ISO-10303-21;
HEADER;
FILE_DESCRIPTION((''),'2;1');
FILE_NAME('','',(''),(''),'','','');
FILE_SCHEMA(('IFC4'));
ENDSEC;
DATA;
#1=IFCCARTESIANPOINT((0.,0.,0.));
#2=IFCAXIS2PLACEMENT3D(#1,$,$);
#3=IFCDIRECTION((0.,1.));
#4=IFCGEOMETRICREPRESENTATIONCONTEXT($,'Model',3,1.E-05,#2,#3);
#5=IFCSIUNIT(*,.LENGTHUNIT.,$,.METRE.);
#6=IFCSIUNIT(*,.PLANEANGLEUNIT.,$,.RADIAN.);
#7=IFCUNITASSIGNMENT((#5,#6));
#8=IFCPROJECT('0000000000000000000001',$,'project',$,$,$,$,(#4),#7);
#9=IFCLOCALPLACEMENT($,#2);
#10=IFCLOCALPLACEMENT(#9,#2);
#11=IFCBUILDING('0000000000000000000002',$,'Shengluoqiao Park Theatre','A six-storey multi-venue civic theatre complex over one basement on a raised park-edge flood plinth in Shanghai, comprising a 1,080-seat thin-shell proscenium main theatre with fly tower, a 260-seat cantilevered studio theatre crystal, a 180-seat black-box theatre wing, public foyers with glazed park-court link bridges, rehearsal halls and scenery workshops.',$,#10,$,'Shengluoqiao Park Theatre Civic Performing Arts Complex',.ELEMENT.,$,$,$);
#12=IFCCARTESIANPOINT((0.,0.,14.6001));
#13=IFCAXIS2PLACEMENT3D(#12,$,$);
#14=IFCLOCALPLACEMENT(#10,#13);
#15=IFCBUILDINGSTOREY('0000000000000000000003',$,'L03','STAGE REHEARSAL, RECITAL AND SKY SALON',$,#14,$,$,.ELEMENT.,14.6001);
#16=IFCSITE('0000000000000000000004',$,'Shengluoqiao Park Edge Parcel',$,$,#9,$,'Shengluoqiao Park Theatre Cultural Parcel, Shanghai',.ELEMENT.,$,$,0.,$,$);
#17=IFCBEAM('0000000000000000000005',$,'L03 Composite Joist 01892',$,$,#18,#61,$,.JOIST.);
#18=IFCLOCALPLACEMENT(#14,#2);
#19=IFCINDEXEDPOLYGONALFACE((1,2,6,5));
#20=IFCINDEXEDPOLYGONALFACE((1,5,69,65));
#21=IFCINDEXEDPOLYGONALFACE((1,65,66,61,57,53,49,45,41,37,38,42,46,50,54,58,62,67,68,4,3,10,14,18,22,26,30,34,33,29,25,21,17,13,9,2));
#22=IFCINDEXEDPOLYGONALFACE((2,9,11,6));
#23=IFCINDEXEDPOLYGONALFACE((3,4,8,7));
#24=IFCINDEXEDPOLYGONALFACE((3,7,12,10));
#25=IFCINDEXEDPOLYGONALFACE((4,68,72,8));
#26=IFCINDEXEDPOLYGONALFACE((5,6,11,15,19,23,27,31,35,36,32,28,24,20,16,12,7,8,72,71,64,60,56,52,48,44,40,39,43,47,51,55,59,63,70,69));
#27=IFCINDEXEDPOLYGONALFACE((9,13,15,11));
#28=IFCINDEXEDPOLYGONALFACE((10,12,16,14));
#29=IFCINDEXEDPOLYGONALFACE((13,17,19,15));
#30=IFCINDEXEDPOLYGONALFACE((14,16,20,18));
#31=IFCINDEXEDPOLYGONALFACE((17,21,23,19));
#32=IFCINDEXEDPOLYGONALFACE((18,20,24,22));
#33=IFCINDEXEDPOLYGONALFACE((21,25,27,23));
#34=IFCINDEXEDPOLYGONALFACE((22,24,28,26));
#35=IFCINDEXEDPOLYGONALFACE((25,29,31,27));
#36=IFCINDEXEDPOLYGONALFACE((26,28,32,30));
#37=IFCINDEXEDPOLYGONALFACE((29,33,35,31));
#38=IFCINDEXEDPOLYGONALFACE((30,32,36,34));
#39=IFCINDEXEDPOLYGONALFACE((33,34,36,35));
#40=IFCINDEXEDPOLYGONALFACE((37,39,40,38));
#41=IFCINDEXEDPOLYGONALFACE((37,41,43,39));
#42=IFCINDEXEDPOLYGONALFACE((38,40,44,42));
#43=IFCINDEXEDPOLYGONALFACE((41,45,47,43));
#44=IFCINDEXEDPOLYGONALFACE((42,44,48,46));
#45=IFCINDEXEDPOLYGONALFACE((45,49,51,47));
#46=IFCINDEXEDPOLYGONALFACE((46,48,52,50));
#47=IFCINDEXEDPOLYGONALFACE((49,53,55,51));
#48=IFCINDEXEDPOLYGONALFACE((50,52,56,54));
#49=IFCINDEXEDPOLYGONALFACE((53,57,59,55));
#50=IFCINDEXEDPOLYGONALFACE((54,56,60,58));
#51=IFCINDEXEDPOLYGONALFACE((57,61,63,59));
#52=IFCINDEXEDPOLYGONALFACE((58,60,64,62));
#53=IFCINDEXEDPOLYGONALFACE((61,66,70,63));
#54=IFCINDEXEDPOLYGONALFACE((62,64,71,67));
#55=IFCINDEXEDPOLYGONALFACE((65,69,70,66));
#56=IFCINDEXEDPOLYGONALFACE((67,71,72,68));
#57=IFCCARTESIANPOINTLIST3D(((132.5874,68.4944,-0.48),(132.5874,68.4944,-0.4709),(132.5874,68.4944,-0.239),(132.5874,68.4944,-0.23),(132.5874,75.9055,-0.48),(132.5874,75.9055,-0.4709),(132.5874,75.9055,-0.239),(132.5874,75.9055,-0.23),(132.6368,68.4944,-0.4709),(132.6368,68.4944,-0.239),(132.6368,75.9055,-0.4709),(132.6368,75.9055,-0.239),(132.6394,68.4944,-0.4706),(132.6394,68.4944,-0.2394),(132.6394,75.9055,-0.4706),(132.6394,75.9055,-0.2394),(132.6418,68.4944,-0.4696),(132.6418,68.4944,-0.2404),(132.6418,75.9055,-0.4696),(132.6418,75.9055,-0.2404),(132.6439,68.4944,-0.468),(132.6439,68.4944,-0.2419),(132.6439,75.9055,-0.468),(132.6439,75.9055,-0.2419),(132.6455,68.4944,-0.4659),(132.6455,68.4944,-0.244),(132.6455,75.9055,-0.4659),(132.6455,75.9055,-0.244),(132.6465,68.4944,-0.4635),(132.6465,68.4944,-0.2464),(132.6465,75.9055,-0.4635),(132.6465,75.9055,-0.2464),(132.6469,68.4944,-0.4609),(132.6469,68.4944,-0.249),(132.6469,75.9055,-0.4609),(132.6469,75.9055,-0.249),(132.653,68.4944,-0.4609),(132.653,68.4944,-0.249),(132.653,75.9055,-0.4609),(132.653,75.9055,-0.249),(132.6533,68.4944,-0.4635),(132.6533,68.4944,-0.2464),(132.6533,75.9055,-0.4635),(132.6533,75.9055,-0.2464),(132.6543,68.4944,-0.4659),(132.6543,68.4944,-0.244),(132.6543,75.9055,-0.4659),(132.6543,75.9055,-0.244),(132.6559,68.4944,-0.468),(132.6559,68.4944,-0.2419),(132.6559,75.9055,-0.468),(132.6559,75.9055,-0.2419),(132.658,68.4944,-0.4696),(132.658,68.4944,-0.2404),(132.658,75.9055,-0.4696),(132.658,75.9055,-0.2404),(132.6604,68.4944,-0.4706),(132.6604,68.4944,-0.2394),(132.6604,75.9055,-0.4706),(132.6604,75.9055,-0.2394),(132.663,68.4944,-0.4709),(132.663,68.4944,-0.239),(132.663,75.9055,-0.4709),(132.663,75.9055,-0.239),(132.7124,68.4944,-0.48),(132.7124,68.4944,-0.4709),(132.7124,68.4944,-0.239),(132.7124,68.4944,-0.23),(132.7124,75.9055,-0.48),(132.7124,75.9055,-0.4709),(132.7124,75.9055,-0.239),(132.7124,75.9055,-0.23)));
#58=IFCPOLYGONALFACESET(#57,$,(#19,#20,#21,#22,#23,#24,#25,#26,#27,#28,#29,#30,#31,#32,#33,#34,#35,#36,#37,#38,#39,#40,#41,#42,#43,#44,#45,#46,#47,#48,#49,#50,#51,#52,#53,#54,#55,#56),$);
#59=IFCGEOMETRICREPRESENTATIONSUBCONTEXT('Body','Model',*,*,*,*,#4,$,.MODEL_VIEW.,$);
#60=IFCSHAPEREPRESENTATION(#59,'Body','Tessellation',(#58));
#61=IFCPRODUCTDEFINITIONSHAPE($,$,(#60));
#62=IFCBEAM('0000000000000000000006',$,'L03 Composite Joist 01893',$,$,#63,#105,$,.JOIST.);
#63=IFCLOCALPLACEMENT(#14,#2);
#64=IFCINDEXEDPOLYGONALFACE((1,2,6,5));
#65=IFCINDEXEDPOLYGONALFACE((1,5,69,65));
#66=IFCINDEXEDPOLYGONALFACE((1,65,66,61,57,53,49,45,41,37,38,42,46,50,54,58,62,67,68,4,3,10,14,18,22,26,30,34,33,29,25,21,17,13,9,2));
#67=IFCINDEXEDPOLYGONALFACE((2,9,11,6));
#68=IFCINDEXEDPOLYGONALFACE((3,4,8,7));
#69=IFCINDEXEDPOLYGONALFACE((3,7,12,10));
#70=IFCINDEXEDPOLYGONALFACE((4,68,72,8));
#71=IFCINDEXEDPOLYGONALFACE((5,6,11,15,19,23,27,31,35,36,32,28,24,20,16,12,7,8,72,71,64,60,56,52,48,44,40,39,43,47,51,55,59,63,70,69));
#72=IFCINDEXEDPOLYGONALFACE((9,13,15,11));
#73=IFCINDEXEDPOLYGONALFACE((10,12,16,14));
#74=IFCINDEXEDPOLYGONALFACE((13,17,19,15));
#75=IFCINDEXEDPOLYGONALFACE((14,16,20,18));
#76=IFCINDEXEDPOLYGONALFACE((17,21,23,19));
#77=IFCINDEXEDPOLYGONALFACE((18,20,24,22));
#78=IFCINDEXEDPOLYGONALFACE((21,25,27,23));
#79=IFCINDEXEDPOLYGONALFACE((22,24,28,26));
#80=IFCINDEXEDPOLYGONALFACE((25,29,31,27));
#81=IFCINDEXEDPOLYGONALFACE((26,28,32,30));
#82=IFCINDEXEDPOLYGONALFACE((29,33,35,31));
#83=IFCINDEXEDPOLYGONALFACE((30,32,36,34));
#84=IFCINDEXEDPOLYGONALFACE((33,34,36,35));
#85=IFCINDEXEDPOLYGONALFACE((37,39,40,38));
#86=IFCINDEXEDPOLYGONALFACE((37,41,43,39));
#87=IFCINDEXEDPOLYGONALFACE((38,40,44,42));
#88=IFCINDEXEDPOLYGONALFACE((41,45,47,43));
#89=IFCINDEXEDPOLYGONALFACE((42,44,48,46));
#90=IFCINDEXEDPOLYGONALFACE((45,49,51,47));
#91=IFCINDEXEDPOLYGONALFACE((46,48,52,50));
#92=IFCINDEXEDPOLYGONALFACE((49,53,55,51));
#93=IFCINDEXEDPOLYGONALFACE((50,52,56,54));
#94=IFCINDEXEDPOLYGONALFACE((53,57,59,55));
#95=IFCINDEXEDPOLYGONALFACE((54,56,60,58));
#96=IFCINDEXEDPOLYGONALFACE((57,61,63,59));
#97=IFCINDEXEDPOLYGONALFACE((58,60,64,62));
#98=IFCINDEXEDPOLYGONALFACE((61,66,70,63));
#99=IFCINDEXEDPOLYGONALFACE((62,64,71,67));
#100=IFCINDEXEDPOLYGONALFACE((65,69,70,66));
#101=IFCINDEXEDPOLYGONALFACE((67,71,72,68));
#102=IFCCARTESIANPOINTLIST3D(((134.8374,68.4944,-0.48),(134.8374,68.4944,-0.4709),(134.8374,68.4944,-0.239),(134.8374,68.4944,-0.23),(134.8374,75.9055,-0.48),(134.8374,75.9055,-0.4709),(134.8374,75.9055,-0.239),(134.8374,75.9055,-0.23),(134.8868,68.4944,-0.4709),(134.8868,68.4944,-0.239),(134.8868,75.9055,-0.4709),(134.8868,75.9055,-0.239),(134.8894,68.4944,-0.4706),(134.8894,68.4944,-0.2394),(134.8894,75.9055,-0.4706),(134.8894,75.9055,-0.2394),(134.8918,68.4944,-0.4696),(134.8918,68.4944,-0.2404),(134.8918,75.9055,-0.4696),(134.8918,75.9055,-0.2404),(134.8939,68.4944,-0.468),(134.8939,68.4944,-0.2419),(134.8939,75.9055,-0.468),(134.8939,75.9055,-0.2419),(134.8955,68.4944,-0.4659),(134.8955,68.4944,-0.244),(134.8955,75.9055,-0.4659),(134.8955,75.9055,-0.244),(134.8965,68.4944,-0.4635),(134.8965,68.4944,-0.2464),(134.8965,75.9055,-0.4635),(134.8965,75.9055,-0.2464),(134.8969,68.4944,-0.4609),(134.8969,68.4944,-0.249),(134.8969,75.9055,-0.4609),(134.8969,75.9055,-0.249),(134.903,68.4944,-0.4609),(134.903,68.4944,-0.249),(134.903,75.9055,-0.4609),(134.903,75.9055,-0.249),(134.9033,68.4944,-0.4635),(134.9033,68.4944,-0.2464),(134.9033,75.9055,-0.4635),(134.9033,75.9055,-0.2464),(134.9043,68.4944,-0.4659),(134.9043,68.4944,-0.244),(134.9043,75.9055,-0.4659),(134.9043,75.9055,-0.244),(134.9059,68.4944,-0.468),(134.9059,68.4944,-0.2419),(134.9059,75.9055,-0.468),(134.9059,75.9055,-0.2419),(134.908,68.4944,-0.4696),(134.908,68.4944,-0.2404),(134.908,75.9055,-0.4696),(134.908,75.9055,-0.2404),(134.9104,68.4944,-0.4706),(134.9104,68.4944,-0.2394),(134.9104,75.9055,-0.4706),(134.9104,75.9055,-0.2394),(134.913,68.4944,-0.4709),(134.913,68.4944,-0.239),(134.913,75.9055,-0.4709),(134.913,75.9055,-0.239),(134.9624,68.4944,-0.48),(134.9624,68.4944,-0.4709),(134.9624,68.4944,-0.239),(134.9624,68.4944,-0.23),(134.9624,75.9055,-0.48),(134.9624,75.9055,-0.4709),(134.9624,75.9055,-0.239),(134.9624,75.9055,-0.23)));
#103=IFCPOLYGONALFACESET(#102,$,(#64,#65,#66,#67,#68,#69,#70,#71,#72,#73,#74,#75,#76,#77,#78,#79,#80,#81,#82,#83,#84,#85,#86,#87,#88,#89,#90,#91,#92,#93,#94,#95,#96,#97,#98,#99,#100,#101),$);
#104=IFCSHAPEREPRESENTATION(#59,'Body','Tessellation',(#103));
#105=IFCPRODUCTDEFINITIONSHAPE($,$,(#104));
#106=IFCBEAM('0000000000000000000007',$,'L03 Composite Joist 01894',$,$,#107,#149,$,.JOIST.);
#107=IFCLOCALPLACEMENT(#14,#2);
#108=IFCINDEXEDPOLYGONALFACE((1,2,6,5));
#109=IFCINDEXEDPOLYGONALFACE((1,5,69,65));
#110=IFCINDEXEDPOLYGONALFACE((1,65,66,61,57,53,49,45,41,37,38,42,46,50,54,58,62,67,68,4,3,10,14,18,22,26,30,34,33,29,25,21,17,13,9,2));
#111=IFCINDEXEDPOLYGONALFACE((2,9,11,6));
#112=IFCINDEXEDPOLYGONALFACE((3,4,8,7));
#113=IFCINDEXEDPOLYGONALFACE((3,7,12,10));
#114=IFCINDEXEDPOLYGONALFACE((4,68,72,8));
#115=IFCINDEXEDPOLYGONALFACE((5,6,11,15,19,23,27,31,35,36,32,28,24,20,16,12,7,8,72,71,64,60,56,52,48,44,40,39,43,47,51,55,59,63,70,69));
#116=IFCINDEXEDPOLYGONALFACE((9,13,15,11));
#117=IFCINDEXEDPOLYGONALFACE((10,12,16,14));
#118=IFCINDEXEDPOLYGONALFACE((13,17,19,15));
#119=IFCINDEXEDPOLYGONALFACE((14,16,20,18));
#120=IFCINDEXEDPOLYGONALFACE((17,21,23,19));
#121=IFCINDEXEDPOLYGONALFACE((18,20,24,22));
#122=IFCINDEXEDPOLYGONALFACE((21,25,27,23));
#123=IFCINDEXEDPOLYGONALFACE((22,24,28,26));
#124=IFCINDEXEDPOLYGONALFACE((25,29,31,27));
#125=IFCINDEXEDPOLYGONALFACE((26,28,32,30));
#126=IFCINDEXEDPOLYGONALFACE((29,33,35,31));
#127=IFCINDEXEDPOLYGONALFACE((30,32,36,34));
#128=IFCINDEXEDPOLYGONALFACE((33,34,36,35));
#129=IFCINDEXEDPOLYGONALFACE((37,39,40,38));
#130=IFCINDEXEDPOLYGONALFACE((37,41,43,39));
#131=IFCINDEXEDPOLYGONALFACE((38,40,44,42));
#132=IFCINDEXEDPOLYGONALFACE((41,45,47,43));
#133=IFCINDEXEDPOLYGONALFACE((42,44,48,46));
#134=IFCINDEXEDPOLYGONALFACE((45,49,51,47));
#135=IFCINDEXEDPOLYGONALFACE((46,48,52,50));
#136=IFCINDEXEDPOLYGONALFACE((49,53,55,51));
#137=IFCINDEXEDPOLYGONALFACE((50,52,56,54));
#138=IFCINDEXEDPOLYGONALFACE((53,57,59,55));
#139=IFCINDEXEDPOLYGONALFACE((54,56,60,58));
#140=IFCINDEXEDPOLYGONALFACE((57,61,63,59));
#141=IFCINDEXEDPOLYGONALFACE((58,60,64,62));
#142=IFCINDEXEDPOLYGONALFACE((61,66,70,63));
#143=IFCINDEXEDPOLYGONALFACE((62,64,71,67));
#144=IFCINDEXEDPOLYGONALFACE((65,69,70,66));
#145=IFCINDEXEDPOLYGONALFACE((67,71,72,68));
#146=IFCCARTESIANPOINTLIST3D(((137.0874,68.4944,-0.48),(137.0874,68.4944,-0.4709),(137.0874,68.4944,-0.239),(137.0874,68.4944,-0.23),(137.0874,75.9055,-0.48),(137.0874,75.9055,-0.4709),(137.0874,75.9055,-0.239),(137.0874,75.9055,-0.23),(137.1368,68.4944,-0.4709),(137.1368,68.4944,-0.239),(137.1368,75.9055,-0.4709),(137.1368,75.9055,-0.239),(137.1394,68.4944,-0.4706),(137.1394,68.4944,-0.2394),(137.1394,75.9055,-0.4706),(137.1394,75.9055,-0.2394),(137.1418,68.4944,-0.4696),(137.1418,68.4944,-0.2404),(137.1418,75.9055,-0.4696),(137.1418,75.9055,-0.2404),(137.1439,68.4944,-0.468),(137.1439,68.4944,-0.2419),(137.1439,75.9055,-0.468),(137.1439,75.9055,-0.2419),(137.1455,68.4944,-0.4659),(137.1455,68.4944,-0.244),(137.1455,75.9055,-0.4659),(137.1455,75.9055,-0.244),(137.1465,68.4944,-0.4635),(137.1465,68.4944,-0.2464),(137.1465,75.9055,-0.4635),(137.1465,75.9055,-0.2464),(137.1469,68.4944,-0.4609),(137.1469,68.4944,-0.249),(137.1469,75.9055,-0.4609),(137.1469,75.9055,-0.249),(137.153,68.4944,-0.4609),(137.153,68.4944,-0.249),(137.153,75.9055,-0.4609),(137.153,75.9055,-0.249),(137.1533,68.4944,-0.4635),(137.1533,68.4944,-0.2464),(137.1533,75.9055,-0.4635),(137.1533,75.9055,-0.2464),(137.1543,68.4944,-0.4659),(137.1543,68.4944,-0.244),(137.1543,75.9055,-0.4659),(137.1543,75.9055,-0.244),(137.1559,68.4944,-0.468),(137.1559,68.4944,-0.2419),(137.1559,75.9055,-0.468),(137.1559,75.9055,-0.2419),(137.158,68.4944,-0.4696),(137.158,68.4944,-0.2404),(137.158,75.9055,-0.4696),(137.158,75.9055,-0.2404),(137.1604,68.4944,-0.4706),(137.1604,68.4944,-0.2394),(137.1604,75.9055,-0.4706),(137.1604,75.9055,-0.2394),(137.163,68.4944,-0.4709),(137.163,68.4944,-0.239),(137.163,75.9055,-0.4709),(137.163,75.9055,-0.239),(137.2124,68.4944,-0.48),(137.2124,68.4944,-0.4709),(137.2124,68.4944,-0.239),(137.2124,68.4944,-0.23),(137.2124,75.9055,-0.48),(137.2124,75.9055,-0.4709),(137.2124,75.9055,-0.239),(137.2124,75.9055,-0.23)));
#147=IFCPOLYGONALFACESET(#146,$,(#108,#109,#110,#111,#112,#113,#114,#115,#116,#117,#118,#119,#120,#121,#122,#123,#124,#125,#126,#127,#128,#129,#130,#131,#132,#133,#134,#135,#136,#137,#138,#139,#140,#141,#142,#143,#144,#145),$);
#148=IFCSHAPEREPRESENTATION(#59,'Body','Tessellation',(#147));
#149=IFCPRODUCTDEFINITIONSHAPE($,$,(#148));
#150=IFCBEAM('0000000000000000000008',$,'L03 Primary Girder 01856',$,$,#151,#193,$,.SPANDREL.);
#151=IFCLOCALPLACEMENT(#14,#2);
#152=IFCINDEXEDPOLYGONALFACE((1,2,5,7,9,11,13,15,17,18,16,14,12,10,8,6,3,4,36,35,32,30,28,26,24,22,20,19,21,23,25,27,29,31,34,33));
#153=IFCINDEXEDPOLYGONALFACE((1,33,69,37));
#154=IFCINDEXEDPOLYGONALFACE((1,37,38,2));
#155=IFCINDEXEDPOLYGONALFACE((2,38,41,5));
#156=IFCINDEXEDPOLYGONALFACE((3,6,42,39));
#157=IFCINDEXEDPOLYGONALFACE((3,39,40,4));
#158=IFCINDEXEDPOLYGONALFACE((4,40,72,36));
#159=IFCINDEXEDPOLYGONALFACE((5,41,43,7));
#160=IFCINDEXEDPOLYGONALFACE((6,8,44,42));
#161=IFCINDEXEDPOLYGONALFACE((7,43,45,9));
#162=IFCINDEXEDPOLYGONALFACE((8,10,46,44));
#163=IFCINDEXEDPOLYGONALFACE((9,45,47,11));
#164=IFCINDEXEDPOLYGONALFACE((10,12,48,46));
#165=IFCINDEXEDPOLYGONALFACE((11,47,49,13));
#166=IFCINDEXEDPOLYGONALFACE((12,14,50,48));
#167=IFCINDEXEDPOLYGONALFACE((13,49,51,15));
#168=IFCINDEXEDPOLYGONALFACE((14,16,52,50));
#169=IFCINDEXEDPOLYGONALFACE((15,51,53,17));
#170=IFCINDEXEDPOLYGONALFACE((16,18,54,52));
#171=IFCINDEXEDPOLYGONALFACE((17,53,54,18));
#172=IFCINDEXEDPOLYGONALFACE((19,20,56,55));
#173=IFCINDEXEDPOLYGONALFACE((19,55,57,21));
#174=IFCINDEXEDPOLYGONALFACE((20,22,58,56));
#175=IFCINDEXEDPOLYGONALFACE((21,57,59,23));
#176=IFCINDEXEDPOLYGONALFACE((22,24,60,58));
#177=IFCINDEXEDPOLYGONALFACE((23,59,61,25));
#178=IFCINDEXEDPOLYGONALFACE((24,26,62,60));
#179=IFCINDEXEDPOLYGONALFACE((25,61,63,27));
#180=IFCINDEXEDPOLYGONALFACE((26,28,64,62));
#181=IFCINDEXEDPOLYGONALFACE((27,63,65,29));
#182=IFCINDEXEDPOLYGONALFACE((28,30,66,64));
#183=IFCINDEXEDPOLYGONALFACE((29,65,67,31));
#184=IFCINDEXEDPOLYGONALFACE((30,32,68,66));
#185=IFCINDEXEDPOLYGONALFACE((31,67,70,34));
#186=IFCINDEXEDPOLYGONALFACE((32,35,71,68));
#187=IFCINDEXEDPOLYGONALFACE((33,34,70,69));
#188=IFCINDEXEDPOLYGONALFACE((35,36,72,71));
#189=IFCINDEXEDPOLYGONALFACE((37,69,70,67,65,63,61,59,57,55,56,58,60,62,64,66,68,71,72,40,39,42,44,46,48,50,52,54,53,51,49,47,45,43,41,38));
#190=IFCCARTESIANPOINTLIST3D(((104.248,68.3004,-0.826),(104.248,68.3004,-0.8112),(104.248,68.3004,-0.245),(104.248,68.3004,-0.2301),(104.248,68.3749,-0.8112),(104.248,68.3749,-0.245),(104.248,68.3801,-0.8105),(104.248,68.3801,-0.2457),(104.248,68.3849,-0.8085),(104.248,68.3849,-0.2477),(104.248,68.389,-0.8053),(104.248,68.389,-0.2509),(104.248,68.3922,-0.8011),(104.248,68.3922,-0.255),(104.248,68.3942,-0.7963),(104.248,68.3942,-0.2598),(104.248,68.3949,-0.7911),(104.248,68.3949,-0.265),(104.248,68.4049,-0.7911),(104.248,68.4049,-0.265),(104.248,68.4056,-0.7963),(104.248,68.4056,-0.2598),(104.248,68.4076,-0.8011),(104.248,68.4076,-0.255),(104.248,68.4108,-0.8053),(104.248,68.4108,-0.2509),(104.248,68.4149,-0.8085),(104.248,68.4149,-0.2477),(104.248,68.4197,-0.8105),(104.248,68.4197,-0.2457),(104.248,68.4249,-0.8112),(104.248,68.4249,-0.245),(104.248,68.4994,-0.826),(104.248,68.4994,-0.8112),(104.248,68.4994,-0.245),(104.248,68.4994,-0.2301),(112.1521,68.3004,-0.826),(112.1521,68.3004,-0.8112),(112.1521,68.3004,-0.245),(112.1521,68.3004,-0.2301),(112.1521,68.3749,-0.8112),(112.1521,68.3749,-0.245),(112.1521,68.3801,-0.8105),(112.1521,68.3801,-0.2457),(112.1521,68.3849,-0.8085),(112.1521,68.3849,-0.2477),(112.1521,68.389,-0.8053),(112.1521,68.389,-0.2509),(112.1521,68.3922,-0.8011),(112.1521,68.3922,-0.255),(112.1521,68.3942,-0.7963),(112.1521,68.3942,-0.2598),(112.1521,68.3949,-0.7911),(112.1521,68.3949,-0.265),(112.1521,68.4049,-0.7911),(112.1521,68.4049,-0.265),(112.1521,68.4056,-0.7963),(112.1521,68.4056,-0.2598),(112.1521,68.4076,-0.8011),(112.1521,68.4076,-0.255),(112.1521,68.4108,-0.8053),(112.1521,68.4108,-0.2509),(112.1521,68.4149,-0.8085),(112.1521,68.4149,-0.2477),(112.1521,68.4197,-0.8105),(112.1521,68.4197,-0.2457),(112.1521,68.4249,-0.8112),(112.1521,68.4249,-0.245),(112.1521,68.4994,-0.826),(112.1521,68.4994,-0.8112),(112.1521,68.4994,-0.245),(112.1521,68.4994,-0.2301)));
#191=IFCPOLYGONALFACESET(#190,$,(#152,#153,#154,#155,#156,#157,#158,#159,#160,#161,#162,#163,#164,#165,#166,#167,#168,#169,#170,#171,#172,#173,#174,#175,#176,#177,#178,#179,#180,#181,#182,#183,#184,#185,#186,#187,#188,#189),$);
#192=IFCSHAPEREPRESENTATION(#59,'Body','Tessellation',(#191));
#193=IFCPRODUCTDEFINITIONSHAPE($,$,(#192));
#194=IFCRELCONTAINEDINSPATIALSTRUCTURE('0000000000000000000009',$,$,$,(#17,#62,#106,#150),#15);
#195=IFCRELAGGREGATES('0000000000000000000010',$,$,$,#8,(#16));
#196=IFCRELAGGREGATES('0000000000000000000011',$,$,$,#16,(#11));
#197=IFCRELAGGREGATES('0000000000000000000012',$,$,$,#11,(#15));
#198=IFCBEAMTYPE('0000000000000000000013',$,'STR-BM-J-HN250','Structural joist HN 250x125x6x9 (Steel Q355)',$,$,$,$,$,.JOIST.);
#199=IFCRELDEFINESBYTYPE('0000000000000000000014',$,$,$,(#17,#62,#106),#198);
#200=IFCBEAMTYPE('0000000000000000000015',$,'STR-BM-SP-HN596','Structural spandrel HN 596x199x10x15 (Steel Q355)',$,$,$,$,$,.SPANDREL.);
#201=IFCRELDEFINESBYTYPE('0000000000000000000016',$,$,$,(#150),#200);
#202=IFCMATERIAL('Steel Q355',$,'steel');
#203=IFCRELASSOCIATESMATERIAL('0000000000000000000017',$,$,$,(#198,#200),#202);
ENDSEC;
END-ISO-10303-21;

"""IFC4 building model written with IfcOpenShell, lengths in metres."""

from ifc_helpers import new_model, si_unit, direction, frame, origin, origin_2d, place, context, subcontext, project, spatial, i_section, extrude, material, material_profile, profile_set, type_object, element, save


model = new_model("IFC4")

# Units and contexts
model_context = context("Model", 3, precision=1e-05, world=origin(), true_north=direction((0.0, 1.0)))
body_context = subcontext(model_context, "Body", "Model", "MODEL_VIEW")
ifc_project = project(units=[si_unit("LENGTHUNIT", "METRE"), si_unit("PLANEANGLEUNIT", "RADIAN")], contexts=[model_context])

# Site, building, storey
site_placement = place(None, origin())
site = spatial("IfcSite", under=ifc_project, at=site_placement, Name="Shengluoqiao Park Edge Parcel", LongName="Shengluoqiao Park Theatre Cultural Parcel, Shanghai", CompositionType="ELEMENT", RefElevation=0.0)
building_placement = place(site_placement, origin())
building = spatial("IfcBuilding", under=site, at=building_placement, Name="Shengluoqiao Park Theatre", Description="A six-storey multi-venue civic theatre complex over one basement on a raised park-edge flood plinth in Shanghai, comprising a 1,080-seat thin-shell proscenium main theatre with fly tower, a 260-seat cantilevered studio theatre crystal, a 180-seat black-box theatre wing, public foyers with glazed park-court link bridges, rehearsal halls and scenery workshops.", LongName="Shengluoqiao Park Theatre Civic Performing Arts Complex", CompositionType="ELEMENT")
storey_placement = place(building_placement, frame((0.0, 0.0, 14.6001)))
storey = spatial("IfcBuildingStorey", under=building, at=storey_placement, Name="L03", Description="STAGE REHEARSAL, RECITAL AND SKY SALON", CompositionType="ELEMENT", Elevation=14.6001)

# Beams
ifc_material = material(Name="Steel Q355", Category="steel")
ifc_material_profile_1 = material_profile(ifc_material, i_section(OverallWidth=0.125, OverallDepth=0.25, WebThickness=0.0061, FlangeThickness=0.009, FilletRadius=0.01, at=origin_2d()), Name="HN 250x125x6x9")
ifc_profile_set_1 = profile_set([ifc_material_profile_1], Name="Steel Q355")
beam_type_1 = type_object("IfcBeamType", Name="STR-BM-J-HN250", Description="Structural joist HN 250x125x6x9 (Steel Q355)", PredefinedType="JOIST", material=ifc_profile_set_1)
for number, where, z_axis, x_axis, name in (
    (1, (132.6499, 68.4944, -0.355), (0.0, 1.0, 0.0), (-1.0, 0.0, 0.0), "L03 Composite Joist 01892"),
    (2, (134.8999, 68.4944, -0.355), (0.0, 1.0, 0.0), (-1.0, 0.0, 0.0), "L03 Composite Joist 01893"),
    (3, (137.1499, 68.4944, -0.355), (0.0, 1.0, 0.0), (-1.0, 0.0, 0.0), "L03 Composite Joist 01894"),
):
    element("IfcBeam", number, at=place(storey_placement, frame(where, z_axis=z_axis, x_axis=x_axis)), inside=storey, type_object=beam_type_1, Name=name, PredefinedType="JOIST", context=body_context, shape_type="SweptSolid", body=[
        extrude(i_section(OverallWidth=0.125, OverallDepth=0.25, WebThickness=0.0061, FlangeThickness=0.009, FilletRadius=0.01, at=origin_2d()), origin(), (0.0, 0.0, 1.0), 7.4111),
    ])
ifc_material_profile_2 = material_profile(ifc_material, i_section(OverallWidth=0.199, OverallDepth=0.5959, WebThickness=0.01, FlangeThickness=0.0149, FilletRadius=0.02, at=origin_2d()), Name="HN 596x199x10x15")
ifc_profile_set_2 = profile_set([ifc_material_profile_2], Name="Steel Q355")
beam_type_2 = type_object("IfcBeamType", Name="STR-BM-SP-HN596", Description="Structural spandrel HN 596x199x10x15 (Steel Q355)", PredefinedType="SPANDREL", material=ifc_profile_set_2)
beam_1_placement = place(storey_placement, frame((104.248, 68.3999, -0.5281), z_axis=(1.0, 0.0, 0.0), x_axis=(0.0, 1.0, 0.0)))
element("IfcBeam", 4, at=beam_1_placement, inside=storey, type_object=beam_type_2, Name="L03 Primary Girder 01856", PredefinedType="SPANDREL", context=body_context, shape_type="SweptSolid", body=[
    extrude(i_section(OverallWidth=0.199, OverallDepth=0.5959, WebThickness=0.01, FlangeThickness=0.0149, FilletRadius=0.02, at=origin_2d()), origin(), (0.0, 0.0, 1.0), 7.9041),
])

save(model, "model.ifc")
